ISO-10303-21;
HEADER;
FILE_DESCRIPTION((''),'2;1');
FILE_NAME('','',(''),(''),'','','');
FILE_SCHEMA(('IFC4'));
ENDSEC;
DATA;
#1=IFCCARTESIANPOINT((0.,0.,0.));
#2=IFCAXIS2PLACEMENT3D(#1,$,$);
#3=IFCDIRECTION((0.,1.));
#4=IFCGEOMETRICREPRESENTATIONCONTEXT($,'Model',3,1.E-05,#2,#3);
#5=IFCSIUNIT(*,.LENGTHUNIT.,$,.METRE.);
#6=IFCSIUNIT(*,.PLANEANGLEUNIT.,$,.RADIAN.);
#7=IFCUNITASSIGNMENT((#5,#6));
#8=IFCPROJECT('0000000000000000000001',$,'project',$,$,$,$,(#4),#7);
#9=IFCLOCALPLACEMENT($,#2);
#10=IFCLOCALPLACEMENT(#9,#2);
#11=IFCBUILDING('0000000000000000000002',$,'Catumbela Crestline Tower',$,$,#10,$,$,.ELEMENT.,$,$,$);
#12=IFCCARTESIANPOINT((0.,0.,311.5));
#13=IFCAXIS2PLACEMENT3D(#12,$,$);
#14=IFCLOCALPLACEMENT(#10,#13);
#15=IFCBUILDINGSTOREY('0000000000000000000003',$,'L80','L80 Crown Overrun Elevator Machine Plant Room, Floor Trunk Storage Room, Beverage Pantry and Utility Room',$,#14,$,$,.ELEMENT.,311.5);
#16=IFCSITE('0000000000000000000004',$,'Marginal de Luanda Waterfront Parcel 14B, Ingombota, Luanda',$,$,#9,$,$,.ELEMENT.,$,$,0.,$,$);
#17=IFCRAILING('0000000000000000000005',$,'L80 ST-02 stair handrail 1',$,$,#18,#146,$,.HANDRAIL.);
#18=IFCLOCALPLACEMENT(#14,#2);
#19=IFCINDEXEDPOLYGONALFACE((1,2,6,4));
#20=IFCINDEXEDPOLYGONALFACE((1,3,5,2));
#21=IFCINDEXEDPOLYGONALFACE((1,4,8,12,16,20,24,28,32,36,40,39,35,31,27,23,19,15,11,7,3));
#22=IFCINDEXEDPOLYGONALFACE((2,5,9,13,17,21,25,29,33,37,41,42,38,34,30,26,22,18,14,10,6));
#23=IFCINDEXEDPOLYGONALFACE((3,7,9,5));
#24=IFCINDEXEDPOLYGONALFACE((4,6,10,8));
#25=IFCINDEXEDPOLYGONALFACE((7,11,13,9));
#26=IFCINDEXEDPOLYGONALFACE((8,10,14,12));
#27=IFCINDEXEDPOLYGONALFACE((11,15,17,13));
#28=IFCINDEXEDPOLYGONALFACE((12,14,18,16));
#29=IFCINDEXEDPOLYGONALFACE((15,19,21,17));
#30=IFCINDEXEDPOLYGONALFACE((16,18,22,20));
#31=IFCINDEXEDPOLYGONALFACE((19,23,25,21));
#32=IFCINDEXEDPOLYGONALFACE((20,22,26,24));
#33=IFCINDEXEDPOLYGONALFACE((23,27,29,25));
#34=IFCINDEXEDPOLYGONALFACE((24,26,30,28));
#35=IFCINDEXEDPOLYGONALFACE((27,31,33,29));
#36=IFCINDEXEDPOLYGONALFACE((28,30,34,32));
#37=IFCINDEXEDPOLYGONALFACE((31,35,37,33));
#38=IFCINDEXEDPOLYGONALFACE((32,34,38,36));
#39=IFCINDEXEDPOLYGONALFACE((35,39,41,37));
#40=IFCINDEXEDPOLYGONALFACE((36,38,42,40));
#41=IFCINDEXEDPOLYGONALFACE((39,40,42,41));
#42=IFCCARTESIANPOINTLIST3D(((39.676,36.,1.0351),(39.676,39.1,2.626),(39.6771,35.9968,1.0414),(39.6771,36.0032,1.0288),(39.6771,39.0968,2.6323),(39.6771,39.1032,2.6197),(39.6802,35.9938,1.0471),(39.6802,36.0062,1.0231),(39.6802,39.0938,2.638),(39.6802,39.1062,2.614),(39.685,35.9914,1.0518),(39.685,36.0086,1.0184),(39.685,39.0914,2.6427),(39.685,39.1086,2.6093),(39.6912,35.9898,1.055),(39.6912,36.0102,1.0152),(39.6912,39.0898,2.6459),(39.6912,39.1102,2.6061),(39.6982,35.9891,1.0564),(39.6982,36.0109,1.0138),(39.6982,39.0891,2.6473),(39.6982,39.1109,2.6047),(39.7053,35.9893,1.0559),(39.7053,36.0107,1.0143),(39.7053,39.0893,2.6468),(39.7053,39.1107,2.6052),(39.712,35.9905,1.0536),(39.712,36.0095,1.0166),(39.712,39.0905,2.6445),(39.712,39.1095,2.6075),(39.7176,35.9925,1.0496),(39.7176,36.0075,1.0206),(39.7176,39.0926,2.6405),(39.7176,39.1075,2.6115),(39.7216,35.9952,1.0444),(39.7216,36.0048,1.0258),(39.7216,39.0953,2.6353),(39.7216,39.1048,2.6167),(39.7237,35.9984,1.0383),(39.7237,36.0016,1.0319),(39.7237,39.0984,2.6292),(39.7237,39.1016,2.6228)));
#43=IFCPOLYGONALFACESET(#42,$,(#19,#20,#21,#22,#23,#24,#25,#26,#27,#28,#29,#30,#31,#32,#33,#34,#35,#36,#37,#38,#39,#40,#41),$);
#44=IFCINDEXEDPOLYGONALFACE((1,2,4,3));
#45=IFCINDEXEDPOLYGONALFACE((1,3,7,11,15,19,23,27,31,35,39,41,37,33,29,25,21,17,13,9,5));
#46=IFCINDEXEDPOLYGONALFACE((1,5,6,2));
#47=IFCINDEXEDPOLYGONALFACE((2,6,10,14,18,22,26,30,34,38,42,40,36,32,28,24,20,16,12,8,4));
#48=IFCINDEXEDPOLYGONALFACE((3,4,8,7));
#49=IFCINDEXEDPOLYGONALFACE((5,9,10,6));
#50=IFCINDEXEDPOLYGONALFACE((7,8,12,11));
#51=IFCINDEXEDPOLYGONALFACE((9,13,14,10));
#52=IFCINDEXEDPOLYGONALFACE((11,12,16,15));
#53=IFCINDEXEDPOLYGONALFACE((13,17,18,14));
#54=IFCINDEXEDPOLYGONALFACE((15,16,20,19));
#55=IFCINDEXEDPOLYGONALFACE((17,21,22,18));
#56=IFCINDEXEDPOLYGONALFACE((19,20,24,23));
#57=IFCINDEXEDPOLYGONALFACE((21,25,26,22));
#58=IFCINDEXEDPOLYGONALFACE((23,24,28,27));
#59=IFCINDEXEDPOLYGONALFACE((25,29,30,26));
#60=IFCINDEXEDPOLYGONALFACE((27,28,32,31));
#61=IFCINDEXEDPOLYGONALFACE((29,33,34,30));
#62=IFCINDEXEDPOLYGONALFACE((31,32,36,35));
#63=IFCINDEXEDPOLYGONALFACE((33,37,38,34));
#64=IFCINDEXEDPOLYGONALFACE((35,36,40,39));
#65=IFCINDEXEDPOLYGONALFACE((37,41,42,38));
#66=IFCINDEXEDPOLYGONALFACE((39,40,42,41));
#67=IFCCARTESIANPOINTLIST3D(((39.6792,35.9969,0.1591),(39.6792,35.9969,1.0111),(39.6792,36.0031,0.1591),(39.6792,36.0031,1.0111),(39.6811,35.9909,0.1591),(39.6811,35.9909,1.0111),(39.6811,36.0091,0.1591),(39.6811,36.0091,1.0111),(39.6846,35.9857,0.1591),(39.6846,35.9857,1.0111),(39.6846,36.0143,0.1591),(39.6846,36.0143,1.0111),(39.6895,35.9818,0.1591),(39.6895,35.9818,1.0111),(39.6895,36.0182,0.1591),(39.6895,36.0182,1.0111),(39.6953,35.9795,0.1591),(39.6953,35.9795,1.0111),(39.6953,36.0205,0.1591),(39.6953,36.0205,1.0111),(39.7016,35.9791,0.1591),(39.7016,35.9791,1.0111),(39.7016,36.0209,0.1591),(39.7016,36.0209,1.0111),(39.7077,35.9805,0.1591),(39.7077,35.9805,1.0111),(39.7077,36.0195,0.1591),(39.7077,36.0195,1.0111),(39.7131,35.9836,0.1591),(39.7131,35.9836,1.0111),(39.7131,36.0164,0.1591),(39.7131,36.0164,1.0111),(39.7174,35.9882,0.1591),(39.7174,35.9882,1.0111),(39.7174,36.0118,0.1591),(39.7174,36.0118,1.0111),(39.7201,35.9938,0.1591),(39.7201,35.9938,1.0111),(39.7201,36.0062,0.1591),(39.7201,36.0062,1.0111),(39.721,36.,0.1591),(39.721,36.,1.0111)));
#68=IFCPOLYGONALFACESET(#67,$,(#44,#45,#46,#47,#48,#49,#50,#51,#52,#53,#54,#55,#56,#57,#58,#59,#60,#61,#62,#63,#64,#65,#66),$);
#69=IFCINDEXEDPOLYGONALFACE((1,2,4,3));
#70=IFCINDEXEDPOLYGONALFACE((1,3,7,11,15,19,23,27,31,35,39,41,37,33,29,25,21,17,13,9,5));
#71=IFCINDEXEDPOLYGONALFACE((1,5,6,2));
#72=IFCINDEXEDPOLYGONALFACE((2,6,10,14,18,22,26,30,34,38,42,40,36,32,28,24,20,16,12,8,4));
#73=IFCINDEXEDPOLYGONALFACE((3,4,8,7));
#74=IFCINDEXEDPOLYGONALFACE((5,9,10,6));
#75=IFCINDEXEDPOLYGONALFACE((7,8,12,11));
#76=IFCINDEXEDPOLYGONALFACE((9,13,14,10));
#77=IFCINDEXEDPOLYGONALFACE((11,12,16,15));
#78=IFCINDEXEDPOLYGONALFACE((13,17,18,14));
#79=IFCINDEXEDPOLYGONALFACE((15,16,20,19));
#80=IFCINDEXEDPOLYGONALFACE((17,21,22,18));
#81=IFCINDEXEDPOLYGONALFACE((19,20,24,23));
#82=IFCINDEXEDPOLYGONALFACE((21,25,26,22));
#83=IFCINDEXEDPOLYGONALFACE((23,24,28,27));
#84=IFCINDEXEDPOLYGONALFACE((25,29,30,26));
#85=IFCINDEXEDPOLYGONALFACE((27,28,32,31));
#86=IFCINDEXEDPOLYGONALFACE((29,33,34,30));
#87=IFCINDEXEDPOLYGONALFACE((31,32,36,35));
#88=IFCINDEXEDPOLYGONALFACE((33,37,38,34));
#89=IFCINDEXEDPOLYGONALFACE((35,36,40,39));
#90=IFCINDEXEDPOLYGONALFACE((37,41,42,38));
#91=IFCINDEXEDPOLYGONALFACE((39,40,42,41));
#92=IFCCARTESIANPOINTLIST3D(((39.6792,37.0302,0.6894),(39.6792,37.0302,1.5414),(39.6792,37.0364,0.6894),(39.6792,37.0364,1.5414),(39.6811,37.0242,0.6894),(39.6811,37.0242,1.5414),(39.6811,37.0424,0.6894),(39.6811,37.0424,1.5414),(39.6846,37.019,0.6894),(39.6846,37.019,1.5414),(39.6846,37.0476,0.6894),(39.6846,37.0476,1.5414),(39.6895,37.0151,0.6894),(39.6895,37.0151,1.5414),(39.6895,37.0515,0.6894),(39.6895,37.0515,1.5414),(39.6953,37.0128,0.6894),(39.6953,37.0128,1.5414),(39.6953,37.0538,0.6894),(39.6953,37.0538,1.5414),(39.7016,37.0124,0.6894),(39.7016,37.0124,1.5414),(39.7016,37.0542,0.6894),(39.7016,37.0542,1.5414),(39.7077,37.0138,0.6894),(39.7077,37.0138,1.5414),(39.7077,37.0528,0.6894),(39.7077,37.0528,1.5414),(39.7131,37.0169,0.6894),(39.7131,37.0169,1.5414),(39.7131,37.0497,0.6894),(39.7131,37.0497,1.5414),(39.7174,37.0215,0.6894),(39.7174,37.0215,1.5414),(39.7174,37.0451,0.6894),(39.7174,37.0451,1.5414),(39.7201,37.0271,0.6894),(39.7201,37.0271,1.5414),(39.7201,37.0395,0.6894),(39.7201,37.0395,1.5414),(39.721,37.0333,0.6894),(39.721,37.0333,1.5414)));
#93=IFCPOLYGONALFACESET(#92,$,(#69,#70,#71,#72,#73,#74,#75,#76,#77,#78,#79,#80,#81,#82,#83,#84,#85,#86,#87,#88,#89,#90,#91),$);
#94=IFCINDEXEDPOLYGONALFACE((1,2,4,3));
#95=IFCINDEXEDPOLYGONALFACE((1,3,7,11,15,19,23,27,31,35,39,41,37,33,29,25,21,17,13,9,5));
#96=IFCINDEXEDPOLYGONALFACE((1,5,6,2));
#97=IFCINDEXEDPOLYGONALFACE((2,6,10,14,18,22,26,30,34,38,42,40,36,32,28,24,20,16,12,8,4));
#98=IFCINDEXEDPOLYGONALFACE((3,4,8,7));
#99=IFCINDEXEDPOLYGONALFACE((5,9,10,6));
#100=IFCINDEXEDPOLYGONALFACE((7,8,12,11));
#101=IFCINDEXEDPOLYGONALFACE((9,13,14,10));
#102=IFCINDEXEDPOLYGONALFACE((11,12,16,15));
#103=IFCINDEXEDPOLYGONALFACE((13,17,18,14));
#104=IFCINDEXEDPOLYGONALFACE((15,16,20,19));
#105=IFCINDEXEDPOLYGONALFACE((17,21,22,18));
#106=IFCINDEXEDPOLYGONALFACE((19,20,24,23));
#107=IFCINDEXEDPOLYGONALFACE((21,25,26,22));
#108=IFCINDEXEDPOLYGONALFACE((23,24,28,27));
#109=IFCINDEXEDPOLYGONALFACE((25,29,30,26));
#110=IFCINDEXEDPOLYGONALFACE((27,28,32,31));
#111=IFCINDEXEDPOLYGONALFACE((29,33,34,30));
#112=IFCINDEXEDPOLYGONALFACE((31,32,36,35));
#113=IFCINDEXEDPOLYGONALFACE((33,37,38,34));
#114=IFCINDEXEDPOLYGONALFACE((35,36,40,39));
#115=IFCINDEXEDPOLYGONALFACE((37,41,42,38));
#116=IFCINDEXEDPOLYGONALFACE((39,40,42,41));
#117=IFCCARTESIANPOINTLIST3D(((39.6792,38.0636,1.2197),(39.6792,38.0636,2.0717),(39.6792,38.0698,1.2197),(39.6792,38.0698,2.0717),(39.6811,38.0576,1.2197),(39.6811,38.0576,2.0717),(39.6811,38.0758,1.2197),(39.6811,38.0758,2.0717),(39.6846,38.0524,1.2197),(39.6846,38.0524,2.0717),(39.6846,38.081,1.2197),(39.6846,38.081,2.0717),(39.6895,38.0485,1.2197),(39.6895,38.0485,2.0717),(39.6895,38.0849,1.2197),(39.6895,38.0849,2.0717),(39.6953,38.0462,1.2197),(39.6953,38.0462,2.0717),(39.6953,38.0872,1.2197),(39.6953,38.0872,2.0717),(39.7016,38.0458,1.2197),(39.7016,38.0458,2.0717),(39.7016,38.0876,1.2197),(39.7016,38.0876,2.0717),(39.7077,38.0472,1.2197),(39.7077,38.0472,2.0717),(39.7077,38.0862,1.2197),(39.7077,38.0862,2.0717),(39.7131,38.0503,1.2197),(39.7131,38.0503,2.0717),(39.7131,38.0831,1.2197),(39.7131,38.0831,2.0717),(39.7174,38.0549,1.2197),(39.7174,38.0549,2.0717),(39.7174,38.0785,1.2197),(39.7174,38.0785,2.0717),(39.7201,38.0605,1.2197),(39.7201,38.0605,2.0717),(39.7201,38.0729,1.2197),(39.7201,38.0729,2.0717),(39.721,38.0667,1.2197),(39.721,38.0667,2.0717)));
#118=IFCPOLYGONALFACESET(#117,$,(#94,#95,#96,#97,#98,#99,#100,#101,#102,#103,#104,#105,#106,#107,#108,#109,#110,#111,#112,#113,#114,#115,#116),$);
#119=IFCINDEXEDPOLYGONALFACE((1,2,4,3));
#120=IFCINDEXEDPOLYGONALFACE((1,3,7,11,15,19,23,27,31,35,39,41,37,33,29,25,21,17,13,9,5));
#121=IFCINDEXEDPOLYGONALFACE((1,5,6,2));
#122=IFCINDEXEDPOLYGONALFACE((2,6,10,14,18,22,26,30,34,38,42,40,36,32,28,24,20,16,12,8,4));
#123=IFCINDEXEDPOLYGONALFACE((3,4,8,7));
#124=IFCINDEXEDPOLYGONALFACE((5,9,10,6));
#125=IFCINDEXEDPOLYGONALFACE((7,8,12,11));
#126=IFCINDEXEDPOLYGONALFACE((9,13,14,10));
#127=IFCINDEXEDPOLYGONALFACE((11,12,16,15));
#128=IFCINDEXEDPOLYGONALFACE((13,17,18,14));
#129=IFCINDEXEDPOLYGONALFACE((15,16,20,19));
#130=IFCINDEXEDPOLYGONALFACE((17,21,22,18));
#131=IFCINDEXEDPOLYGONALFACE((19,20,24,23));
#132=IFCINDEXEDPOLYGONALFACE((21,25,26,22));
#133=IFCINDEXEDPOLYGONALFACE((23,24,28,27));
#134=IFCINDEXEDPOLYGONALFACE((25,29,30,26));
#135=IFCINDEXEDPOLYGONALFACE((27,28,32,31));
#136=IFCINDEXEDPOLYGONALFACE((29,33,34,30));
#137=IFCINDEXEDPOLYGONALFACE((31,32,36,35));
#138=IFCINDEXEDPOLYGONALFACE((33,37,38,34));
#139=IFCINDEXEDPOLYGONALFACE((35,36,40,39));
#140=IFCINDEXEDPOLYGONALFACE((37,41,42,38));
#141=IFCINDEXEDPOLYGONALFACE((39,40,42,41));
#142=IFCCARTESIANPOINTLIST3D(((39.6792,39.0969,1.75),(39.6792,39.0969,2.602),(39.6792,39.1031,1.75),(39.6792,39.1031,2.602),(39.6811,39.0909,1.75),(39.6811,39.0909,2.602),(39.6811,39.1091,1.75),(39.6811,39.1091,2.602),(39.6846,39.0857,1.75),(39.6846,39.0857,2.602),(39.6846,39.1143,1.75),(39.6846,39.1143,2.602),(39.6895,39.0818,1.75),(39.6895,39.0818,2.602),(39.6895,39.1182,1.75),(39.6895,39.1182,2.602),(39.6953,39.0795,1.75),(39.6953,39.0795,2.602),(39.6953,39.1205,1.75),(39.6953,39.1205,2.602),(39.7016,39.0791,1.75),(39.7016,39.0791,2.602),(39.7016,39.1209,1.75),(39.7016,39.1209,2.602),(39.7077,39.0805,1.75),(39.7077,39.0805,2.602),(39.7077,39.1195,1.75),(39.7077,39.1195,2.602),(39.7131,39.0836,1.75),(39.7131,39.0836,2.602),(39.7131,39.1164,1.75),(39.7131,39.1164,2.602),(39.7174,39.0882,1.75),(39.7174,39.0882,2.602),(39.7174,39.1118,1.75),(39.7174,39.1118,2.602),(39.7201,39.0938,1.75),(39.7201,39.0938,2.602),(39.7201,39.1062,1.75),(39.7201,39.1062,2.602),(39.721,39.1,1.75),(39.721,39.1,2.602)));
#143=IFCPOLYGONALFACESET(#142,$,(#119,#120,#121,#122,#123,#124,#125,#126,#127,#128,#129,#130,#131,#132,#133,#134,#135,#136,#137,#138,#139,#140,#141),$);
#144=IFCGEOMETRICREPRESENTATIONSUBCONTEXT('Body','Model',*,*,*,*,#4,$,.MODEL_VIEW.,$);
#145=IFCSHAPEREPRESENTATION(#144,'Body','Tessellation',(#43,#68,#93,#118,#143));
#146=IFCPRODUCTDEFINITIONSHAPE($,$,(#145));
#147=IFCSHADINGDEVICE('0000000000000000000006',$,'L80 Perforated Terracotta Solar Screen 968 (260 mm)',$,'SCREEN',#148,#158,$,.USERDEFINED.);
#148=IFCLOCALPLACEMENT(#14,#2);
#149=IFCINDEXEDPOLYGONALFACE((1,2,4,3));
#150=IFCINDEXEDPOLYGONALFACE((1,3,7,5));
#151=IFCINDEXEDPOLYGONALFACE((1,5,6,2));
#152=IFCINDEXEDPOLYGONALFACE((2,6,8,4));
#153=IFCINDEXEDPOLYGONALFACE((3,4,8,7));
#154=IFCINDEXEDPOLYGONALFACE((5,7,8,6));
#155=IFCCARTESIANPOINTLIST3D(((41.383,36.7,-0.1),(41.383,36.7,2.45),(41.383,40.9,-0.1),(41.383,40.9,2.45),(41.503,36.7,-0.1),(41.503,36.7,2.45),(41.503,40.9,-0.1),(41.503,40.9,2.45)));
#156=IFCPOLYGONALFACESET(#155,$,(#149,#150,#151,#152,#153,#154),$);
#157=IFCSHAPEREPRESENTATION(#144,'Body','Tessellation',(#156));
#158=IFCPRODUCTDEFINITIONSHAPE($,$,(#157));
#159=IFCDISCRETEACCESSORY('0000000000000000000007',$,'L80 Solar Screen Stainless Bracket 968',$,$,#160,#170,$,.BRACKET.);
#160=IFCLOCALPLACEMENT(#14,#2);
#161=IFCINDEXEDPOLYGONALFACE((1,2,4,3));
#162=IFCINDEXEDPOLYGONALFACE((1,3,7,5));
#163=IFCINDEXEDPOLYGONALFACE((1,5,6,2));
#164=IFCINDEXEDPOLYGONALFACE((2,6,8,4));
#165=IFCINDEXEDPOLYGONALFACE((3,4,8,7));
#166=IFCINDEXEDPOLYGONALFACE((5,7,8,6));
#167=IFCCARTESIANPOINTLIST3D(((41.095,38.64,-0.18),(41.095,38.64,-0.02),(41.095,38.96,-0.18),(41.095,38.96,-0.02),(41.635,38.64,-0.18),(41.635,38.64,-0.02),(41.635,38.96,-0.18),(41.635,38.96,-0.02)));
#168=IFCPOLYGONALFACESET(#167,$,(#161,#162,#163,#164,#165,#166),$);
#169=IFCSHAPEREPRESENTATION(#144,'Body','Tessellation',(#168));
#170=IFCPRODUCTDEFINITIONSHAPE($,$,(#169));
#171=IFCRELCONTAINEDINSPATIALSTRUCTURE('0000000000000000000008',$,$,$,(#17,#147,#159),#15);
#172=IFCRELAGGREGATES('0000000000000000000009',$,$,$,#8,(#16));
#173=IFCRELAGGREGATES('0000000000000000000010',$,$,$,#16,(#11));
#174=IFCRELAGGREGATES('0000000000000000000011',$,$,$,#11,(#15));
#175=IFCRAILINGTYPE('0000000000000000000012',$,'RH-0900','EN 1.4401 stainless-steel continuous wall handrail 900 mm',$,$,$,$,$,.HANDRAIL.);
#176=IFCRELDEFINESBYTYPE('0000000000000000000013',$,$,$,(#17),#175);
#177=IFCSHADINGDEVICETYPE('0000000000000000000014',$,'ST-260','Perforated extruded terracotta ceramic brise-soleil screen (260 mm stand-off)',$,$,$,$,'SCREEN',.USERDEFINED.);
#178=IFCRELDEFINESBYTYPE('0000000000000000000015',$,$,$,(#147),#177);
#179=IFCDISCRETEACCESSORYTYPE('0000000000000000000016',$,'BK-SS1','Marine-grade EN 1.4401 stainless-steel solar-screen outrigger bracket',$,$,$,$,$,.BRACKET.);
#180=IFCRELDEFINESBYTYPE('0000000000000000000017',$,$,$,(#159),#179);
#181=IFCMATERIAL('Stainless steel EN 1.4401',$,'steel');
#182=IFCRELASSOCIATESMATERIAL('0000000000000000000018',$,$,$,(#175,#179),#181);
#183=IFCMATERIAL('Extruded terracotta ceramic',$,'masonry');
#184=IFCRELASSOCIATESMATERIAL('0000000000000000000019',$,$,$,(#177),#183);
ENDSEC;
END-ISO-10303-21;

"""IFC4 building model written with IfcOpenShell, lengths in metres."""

from ifc_helpers import new_model, si_unit, direction, frame, origin, origin_2d, place, context, subcontext, project, spatial, rectangle, circle, extrude, material, type_object, element, save


model = new_model("IFC4")

# Units and contexts
model_context = context("Model", 3, precision=1e-05, world=origin(), true_north=direction((0.0, 1.0)))
body_context = subcontext(model_context, "Body", "Model", "MODEL_VIEW")
ifc_project = project(units=[si_unit("LENGTHUNIT", "METRE"), si_unit("PLANEANGLEUNIT", "RADIAN")], contexts=[model_context])

# Site, building, storey
site_placement = place(None, origin())
site = spatial("IfcSite", under=ifc_project, at=site_placement, Name="Marginal de Luanda Waterfront Parcel 14B, Ingombota, Luanda", CompositionType="ELEMENT", RefElevation=0.0)
building_placement = place(site_placement, origin())
building = spatial("IfcBuilding", under=site, at=building_placement, Name="Catumbela Crestline Tower", CompositionType="ELEMENT")
storey_placement = place(building_placement, frame((0.0, 0.0, 311.5)))
storey = spatial("IfcBuildingStorey", under=building, at=storey_placement, Name="L80", Description="L80 Crown Overrun Elevator Machine Plant Room, Floor Trunk Storage Room, Beverage Pantry and Utility Room", CompositionType="ELEMENT", Elevation=311.5)

# Railing
ifc_material_1 = material(Name="Stainless steel EN 1.4401", Category="steel")
railing_type_1 = type_object("IfcRailingType", Name="RH-0900", Description="EN 1.4401 stainless-steel continuous wall handrail 900 mm", PredefinedType="HANDRAIL", material=ifc_material_1)
railing_1_placement = place(storey_placement, frame((39.7, 36.0, 0.1591)))
element("IfcRailing", 1, at=railing_1_placement, inside=storey, type_object=railing_type_1, Name="L80 ST-02 stair handrail 1", PredefinedType="HANDRAIL", context=body_context, shape_type="SweptSolid", body=[
    extrude(circle(Radius=0.024, at=origin_2d()), frame((0.0, 0.0, 0.876), z_axis=(0.0, 0.889683, 0.456579), x_axis=(-1.0, 0.0, 0.0)), (0.0, 0.0, 1.0), 3.4844),
    extrude(circle(Radius=0.021, at=origin_2d()), origin(), (0.0, 0.0, 1.0), 0.852),
    extrude(circle(Radius=0.021, at=origin_2d()), frame((0.0, 1.0333, 0.5303)), (0.0, 0.0, 1.0), 0.852),
    extrude(circle(Radius=0.021, at=origin_2d()), frame((0.0, 2.0667, 1.0606)), (0.0, 0.0, 1.0), 0.852),
    extrude(circle(Radius=0.021, at=origin_2d()), frame((0.0, 3.1, 1.5909)), (0.0, 0.0, 1.0), 0.852),
])

# Shading device
ifc_material_2 = material(Name="Extruded terracotta ceramic", Category="masonry")
shading_device_type = type_object("IfcShadingDeviceType", Name="ST-260", Description="Perforated extruded terracotta ceramic brise-soleil screen (260 mm stand-off)", ElementType="SCREEN", PredefinedType="USERDEFINED", material=ifc_material_2)
shading_device_placement = place(storey_placement, frame((41.443, 38.8, -0.1), z_axis=(0.0, 0.0, 1.0), x_axis=(0.0, 1.0, 0.0)))
element("IfcShadingDevice", 2, at=shading_device_placement, inside=storey, type_object=shading_device_type, Name="L80 Perforated Terracotta Solar Screen 968 (260 mm)", ObjectType="SCREEN", PredefinedType="USERDEFINED", context=body_context, shape_type="SweptSolid", body=[
    extrude(rectangle(XDim=4.2, YDim=0.12, at=origin_2d()), origin(), (0.0, 0.0, 1.0), 2.55),
])

# Discrete accessory
discrete_accessory_type = type_object("IfcDiscreteAccessoryType", Name="BK-SS1", Description="Marine-grade EN 1.4401 stainless-steel solar-screen outrigger bracket", PredefinedType="BRACKET", material=ifc_material_1)
discrete_accessory_placement = place(storey_placement, frame((41.365, 38.8, -0.18), z_axis=(0.0, 0.0, 1.0), x_axis=(0.0, 1.0, 0.0)))
element("IfcDiscreteAccessory", 3, at=discrete_accessory_placement, inside=storey, type_object=discrete_accessory_type, Name="L80 Solar Screen Stainless Bracket 968", PredefinedType="BRACKET", context=body_context, shape_type="SweptSolid", body=[
    extrude(rectangle(XDim=0.32, YDim=0.54, at=origin_2d()), origin(), (0.0, 0.0, 1.0), 0.16),
])

save(model, "model.ifc")
